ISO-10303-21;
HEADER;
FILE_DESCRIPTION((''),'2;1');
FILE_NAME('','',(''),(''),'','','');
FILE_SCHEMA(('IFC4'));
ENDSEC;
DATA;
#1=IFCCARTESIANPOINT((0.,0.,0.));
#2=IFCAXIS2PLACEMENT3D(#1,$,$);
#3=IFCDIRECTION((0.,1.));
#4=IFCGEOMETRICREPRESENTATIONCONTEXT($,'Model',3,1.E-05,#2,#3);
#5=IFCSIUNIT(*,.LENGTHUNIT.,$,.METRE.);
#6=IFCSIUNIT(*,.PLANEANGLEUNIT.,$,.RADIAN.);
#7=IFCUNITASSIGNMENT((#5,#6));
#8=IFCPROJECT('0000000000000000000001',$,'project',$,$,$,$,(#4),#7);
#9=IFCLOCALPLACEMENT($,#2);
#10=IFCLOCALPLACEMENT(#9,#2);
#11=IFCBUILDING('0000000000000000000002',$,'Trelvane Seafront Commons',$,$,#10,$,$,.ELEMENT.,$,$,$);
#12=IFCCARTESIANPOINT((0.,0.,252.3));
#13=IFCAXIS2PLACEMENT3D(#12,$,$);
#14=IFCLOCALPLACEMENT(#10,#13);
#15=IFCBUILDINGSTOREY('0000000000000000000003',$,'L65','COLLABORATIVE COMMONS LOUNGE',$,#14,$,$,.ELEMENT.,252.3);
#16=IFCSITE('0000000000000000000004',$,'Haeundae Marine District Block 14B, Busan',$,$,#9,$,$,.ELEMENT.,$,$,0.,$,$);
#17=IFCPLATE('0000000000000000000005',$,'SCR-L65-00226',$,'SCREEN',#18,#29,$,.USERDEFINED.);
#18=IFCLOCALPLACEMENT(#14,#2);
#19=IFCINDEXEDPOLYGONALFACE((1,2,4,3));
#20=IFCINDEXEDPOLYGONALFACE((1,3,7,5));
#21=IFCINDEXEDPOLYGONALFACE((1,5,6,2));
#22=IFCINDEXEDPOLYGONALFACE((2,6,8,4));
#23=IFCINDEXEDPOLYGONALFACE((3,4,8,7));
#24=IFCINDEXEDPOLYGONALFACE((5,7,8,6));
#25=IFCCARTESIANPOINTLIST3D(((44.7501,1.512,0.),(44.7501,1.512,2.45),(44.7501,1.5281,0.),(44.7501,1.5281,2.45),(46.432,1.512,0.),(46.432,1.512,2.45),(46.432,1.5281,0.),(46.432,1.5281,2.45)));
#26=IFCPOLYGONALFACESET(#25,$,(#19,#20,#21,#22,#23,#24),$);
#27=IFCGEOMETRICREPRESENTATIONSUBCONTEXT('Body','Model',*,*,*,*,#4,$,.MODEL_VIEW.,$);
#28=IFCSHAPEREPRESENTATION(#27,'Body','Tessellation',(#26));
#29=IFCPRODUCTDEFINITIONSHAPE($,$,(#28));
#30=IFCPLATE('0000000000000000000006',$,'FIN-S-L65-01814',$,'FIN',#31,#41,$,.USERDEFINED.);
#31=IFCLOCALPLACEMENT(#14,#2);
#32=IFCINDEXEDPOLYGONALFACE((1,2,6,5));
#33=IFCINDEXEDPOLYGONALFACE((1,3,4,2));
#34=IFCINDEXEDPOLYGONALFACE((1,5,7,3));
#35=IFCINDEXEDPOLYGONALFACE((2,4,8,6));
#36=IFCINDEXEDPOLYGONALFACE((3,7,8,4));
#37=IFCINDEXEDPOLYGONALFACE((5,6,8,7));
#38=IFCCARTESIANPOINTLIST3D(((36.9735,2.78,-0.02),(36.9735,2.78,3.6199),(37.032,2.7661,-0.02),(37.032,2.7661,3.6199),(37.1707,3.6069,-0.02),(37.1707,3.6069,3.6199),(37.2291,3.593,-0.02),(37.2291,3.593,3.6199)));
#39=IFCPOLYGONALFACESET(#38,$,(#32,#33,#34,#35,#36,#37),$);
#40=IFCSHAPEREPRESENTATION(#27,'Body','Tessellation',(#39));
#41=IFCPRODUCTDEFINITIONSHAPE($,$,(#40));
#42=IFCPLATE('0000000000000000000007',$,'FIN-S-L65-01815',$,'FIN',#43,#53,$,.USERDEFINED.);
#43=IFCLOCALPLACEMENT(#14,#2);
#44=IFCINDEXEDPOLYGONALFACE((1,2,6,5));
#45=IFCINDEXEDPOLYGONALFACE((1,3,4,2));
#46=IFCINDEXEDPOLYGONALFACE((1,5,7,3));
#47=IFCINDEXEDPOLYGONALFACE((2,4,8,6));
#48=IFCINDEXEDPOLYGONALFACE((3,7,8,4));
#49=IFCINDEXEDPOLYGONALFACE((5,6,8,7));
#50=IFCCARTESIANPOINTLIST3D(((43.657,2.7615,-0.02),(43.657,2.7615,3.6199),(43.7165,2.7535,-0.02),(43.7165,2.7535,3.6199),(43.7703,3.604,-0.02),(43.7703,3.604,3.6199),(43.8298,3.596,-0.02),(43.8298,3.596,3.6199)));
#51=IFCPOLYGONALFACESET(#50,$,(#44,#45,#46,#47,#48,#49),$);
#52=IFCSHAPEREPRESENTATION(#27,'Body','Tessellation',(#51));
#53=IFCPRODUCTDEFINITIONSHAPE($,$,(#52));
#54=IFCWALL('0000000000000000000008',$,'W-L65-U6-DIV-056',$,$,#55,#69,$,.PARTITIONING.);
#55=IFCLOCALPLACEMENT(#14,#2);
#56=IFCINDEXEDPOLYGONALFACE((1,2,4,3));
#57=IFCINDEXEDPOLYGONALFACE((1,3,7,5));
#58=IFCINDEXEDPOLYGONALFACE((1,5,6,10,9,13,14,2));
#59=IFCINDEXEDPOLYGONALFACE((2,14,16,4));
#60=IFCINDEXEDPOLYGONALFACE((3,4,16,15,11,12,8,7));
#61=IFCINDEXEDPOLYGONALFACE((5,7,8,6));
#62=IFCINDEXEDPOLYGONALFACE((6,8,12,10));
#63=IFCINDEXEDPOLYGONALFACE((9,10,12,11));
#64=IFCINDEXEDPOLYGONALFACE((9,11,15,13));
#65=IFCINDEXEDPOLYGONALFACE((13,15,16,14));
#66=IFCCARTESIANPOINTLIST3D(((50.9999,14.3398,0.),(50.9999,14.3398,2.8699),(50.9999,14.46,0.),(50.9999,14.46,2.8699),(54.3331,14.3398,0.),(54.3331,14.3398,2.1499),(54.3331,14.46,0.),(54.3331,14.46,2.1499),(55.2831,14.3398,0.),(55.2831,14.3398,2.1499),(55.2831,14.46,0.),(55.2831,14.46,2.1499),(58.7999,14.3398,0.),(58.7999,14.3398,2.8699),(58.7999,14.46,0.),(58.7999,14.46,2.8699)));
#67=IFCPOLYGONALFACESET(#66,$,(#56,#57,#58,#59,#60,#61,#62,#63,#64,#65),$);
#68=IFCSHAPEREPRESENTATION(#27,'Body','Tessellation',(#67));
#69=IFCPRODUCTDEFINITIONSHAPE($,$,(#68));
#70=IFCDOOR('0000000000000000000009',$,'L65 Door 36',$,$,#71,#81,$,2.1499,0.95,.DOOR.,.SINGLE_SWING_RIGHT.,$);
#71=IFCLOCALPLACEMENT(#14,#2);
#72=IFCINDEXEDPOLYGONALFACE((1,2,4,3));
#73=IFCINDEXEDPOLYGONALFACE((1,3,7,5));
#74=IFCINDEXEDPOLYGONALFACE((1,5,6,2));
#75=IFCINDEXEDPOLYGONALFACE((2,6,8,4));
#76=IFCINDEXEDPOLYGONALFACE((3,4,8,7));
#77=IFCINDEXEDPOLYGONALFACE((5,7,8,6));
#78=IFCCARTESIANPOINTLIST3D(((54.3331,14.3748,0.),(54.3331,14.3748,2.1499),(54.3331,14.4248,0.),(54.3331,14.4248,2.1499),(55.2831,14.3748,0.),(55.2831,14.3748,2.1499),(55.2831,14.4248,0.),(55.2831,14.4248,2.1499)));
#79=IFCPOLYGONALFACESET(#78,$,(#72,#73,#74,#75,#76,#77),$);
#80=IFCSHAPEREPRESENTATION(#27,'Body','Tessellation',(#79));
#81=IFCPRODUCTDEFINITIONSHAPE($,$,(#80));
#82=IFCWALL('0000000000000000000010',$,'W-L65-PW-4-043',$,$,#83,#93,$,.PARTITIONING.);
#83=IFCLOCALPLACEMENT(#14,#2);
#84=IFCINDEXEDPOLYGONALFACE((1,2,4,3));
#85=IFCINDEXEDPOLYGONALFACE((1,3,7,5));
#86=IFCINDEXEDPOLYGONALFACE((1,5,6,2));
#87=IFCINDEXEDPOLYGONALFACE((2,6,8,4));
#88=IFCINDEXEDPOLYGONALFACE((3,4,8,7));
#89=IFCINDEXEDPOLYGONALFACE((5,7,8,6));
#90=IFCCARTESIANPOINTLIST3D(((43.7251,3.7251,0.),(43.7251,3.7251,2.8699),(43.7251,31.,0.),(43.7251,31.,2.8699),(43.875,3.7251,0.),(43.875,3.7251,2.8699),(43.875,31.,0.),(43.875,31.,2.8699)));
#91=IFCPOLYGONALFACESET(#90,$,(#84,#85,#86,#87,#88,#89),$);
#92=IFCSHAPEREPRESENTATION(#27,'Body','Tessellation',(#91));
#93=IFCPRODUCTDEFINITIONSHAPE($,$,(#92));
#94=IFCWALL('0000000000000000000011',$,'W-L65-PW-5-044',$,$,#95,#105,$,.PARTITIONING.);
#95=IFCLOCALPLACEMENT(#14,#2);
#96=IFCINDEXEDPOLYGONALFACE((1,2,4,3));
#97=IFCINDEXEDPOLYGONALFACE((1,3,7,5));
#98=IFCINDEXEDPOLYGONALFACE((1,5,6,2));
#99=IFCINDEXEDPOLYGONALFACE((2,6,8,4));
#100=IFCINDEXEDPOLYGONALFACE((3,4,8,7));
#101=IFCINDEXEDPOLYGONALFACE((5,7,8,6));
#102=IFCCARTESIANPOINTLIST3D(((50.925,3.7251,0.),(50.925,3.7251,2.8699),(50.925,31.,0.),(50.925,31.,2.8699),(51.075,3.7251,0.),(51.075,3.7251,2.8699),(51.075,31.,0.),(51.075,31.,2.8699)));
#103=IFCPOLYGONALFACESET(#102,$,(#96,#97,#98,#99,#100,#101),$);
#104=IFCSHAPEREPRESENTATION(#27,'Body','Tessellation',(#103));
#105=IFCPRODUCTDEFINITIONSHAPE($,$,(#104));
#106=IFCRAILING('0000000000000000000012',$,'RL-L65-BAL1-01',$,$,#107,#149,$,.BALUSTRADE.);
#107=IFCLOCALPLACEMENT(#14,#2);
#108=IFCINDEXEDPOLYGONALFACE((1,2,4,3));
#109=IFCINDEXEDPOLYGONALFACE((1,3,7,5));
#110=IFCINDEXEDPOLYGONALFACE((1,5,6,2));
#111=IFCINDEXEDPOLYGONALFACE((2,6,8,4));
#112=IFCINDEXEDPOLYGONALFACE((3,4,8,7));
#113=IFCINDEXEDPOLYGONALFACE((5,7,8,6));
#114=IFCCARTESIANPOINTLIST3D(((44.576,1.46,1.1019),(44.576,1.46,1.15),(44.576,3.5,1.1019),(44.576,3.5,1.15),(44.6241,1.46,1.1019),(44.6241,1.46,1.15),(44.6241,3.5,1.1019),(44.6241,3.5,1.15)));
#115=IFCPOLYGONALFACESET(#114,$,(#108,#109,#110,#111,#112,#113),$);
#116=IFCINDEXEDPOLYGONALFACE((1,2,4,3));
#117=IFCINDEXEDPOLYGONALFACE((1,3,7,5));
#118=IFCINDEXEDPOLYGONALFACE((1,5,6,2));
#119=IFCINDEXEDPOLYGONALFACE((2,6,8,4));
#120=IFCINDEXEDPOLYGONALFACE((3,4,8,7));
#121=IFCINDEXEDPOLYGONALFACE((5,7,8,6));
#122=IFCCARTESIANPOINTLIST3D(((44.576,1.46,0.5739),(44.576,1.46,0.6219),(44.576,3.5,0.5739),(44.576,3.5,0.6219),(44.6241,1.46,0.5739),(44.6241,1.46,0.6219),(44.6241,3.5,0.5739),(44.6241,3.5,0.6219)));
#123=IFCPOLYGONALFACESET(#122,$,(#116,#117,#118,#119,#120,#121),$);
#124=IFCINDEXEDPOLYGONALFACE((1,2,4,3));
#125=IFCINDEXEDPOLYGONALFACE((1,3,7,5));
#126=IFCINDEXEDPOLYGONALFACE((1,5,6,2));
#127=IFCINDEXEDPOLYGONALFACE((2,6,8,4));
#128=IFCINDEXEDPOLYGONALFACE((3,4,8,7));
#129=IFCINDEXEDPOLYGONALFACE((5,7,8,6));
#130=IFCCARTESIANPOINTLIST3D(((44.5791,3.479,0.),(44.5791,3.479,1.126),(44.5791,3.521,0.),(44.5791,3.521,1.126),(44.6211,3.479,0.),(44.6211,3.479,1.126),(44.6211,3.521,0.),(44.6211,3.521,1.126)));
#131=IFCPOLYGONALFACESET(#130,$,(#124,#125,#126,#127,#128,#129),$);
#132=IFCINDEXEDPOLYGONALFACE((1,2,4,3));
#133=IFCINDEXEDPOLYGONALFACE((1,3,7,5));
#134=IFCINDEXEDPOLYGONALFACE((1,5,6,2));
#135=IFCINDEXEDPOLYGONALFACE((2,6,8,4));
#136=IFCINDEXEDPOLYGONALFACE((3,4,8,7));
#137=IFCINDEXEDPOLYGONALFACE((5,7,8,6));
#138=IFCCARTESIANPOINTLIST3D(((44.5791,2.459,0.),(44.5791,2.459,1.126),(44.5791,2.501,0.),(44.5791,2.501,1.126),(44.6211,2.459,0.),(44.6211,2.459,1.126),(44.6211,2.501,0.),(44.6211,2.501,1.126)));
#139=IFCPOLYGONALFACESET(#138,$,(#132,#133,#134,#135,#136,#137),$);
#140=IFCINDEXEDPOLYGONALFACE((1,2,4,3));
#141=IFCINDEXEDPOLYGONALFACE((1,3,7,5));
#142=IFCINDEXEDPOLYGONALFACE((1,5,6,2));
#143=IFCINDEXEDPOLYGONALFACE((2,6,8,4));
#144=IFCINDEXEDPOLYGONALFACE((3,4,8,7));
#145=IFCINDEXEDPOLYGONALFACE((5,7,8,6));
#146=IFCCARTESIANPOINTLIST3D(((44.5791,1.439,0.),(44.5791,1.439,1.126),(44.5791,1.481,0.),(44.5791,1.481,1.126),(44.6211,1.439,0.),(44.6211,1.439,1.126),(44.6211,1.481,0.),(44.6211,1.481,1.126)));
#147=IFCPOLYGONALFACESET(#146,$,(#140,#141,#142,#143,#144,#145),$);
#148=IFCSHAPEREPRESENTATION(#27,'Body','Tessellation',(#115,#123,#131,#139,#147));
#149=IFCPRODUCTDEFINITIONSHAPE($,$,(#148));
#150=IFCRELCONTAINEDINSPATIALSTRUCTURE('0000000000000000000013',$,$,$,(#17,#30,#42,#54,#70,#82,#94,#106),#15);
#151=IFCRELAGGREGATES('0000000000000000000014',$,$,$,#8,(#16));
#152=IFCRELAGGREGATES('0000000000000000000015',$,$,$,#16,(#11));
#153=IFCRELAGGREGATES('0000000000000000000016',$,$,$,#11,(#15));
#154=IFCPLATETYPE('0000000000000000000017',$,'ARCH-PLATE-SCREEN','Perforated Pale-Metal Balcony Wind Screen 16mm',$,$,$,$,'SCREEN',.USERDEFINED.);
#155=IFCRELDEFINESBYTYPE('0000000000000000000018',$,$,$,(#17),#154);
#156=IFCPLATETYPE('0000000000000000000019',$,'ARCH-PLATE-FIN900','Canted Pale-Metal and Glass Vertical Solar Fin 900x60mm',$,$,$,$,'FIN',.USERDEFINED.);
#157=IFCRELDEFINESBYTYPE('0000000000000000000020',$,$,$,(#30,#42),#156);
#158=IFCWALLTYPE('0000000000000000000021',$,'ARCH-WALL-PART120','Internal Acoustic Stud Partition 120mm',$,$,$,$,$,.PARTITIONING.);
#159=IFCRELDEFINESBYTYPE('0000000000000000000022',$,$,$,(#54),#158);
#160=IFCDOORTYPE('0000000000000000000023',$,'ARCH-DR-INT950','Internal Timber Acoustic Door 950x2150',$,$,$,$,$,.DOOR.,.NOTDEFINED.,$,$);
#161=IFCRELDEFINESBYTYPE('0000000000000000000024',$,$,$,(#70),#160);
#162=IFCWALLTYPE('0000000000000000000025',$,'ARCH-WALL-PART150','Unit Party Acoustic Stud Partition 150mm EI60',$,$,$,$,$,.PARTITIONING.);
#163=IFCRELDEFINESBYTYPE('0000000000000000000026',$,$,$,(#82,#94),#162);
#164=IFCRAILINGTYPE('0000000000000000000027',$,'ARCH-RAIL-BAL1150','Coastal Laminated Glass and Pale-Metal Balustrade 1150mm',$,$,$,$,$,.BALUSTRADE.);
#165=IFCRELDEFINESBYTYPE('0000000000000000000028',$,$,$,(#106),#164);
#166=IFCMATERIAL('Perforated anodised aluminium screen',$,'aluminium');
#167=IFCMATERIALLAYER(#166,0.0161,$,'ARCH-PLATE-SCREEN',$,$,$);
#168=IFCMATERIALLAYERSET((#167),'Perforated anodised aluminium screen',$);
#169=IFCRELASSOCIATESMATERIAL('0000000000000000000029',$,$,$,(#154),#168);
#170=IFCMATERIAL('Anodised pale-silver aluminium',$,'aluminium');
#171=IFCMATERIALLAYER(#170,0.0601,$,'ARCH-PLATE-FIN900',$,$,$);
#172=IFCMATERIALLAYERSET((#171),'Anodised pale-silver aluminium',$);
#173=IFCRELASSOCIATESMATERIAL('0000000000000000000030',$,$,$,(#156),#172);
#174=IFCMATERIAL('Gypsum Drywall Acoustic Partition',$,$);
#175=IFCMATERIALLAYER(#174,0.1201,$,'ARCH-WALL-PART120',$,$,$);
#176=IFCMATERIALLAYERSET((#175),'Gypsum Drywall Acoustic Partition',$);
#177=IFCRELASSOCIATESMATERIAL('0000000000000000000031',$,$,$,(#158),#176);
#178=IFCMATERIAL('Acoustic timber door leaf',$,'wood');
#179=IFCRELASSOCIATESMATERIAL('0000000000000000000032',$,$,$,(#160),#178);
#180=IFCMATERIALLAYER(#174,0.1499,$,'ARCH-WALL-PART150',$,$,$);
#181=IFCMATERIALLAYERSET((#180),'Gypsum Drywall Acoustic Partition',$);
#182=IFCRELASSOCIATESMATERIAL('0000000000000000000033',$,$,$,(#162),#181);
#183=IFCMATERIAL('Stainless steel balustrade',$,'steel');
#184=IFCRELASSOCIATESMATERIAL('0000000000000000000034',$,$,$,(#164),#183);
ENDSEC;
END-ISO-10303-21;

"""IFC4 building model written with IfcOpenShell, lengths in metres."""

from ifc_helpers import new_model, si_unit, direction, frame, frame_2d, origin, origin_2d, place, context, subcontext, project, spatial, rectangle, extrude, source, transform, mapped, material, layer, layer_set, type_object, element, fill, save


model = new_model("IFC4")

# Units and contexts
model_context = context("Model", 3, precision=1e-05, world=origin(), true_north=direction((0.0, 1.0)))
body_context = subcontext(model_context, "Body", "Model", "MODEL_VIEW")
ifc_project = project(units=[si_unit("LENGTHUNIT", "METRE"), si_unit("PLANEANGLEUNIT", "RADIAN")], contexts=[model_context])

# Site, building, storey
site_placement = place(None, origin())
site = spatial("IfcSite", under=ifc_project, at=site_placement, Name="Haeundae Marine District Block 14B, Busan", CompositionType="ELEMENT", RefElevation=0.0)
building_placement = place(site_placement, origin())
building = spatial("IfcBuilding", under=site, at=building_placement, Name="Trelvane Seafront Commons", CompositionType="ELEMENT")
storey_placement = place(building_placement, frame((0.0, 0.0, 252.3)))
storey = spatial("IfcBuildingStorey", under=building, at=storey_placement, Name="L65", Description="COLLABORATIVE COMMONS LOUNGE", CompositionType="ELEMENT", Elevation=252.3)

# Plates
ifc_material_1 = material(Name="Perforated anodised aluminium screen", Category="aluminium")
ifc_layer_1 = layer(ifc_material_1, 0.0161, Name="ARCH-PLATE-SCREEN")
ifc_layer_set_1 = layer_set([ifc_layer_1], Name="Perforated anodised aluminium screen")
plate_type_1 = type_object("IfcPlateType", Name="ARCH-PLATE-SCREEN", Description="Perforated Pale-Metal Balcony Wind Screen 16mm", ElementType="SCREEN", PredefinedType="USERDEFINED", material=ifc_layer_set_1)
shared_shape_1 = source(origin(), body_context, "Body", "SweptSolid", [
    extrude(rectangle(XDim=1.6819, YDim=0.0161, at=origin_2d()), origin(), (0.0, 0.0, 1.0), 2.45),
])
plate_placement = place(storey_placement, frame((45.5911, 1.52, 0.0), z_axis=(0.0, 0.0, 1.0), x_axis=(1.0, 0.0, 0.0)))
element("IfcPlate", 1, at=plate_placement, inside=storey, type_object=plate_type_1, Name="SCR-L65-00226", ObjectType="SCREEN", PredefinedType="USERDEFINED", context=body_context, shape_type="MappedRepresentation", body=[
    mapped(shared_shape_1, transform((0.0, 0.0, 0.0), x_axis=(1.0, 0.0, 0.0), y_axis=(0.0, 1.0, 0.0), z_axis=(0.0, 0.0, 1.0), scale=1.0)),
])
ifc_material_2 = material(Name="Anodised pale-silver aluminium", Category="aluminium")
ifc_layer_2 = layer(ifc_material_2, 0.0601, Name="ARCH-PLATE-FIN900")
ifc_layer_set_2 = layer_set([ifc_layer_2], Name="Anodised pale-silver aluminium")
plate_type_2 = type_object("IfcPlateType", Name="ARCH-PLATE-FIN900", Description="Canted Pale-Metal and Glass Vertical Solar Fin 900x60mm", ElementType="FIN", PredefinedType="USERDEFINED", material=ifc_layer_set_2)
shared_shape_2 = source(origin(), body_context, "Body", "SweptSolid", [
    extrude(rectangle(XDim=0.8501, YDim=0.0601, at=origin_2d()), origin(), (0.0, 0.0, 1.0), 3.6399),
])
for number, where, z_axis, x_axis, name in (
    (2, (37.1013, 3.1865, -0.02), (0.0, 0.0, 1.0), (-0.231891, -0.972742, 0.0), "FIN-S-L65-01814"),
    (3, (43.7434, 3.1787, -0.02), (0.0, 0.0, 1.0), (-0.133296, -0.991076, 0.0), "FIN-S-L65-01815"),
):
    element("IfcPlate", number, at=place(storey_placement, frame(where, z_axis=z_axis, x_axis=x_axis)), inside=storey, type_object=plate_type_2, Name=name, ObjectType="FIN", PredefinedType="USERDEFINED", context=body_context, shape_type="MappedRepresentation", body=[
        mapped(shared_shape_2, transform((0.0, 0.0, 0.0), x_axis=(1.0, 0.0, 0.0), y_axis=(0.0, 1.0, 0.0), z_axis=(0.0, 0.0, 1.0), scale=1.0)),
    ])

# Wall, opening, door
ifc_material_3 = material(Name="Gypsum Drywall Acoustic Partition")
ifc_layer_3 = layer(ifc_material_3, 0.1201, Name="ARCH-WALL-PART120")
ifc_layer_set_3 = layer_set([ifc_layer_3], Name="Gypsum Drywall Acoustic Partition")
wall_type_1 = type_object("IfcWallType", Name="ARCH-WALL-PART120", Description="Internal Acoustic Stud Partition 120mm", PredefinedType="PARTITIONING", material=ifc_layer_set_3)
wall_placement = place(storey_placement, frame((51.0, 14.3999, 0.0), z_axis=(0.0, 0.0, 1.0), x_axis=(1.0, 0.0, 0.0)))
wall = element("IfcWall", 4, at=wall_placement, inside=storey, type_object=wall_type_1, Name="W-L65-U6-DIV-056", PredefinedType="PARTITIONING", context=body_context, shape_type="SweptSolid", body=[
    extrude(rectangle(XDim=7.8, YDim=0.1201, at=frame_2d((3.8999, 0.0))), origin(), (0.0, 0.0, 1.0), 2.8699),
])
opening_placement = place(wall_placement, frame((3.333, 0.0, 0.0)))
opening = element("IfcOpeningElement", 5, at=opening_placement, cuts=wall, PredefinedType="OPENING", context=body_context, shape_type="SweptSolid", body=[
    extrude(rectangle(XDim=0.95, YDim=2.1499, at=frame_2d((0.4751, 1.075))), frame((0.0, 0.0701, 0.0), z_axis=(0.0, -1.0, 0.0), x_axis=(1.0, 0.0, 0.0)), (0.0, 0.0, 1.0), 0.1401),
])
ifc_material_4 = material(Name="Acoustic timber door leaf", Category="wood")
door_type = type_object("IfcDoorType", Name="ARCH-DR-INT950", Description="Internal Timber Acoustic Door 950x2150", OperationType="NOTDEFINED", PredefinedType="DOOR", material=ifc_material_4)
shared_shape_3 = source(origin(), body_context, "Body", "SweptSolid", [
    extrude(rectangle(XDim=0.95, YDim=2.1499, at=frame_2d((0.4751, 1.075))), frame((0.0, 0.0249, 0.0), z_axis=(0.0, -1.0, 0.0), x_axis=(1.0, 0.0, 0.0)), (0.0, 0.0, 1.0), 0.05),
])
door_placement = place(opening_placement, origin())
door = element("IfcDoor", 6, at=door_placement, inside=storey, type_object=door_type, Name="L65 Door 36", OperationType="SINGLE_SWING_RIGHT", OverallHeight=2.1499, OverallWidth=0.95, PredefinedType="DOOR", context=body_context, shape_type="MappedRepresentation", body=[
    mapped(shared_shape_3, transform((0.0, 0.0, 0.0), x_axis=(1.0, 0.0, 0.0), y_axis=(0.0, 1.0, 0.0), z_axis=(0.0, 0.0, 1.0), scale=1.0)),
])
fill(opening, door)

# Walls
ifc_layer_4 = layer(ifc_material_3, 0.1499, Name="ARCH-WALL-PART150")
ifc_layer_set_4 = layer_set([ifc_layer_4], Name="Gypsum Drywall Acoustic Partition")
wall_type_2 = type_object("IfcWallType", Name="ARCH-WALL-PART150", Description="Unit Party Acoustic Stud Partition 150mm EI60", PredefinedType="PARTITIONING", material=ifc_layer_set_4)
for number, where, z_axis, x_axis, name in (
    (7, (43.8, 3.7251, 0.0), (0.0, 0.0, 1.0), (0.0, 1.0, 0.0), "W-L65-PW-4-043"),
    (8, (51.0, 3.7251, 0.0), (0.0, 0.0, 1.0), (0.0, 1.0, 0.0), "W-L65-PW-5-044"),
):
    element("IfcWall", number, at=place(storey_placement, frame(where, z_axis=z_axis, x_axis=x_axis)), inside=storey, type_object=wall_type_2, Name=name, PredefinedType="PARTITIONING", context=body_context, shape_type="SweptSolid", body=[
        extrude(rectangle(XDim=27.2749, YDim=0.1499, at=frame_2d((13.6375, 0.0))), origin(), (0.0, 0.0, 1.0), 2.8699),
    ])

# Railing
ifc_material_5 = material(Name="Stainless steel balustrade", Category="steel")
railing_type = type_object("IfcRailingType", Name="ARCH-RAIL-BAL1150", Description="Coastal Laminated Glass and Pale-Metal Balustrade 1150mm", PredefinedType="BALUSTRADE", material=ifc_material_5)
railing_1_placement = place(storey_placement, frame((44.6001, 3.5, 0.0)))
element("IfcRailing", 9, at=railing_1_placement, inside=storey, type_object=railing_type, Name="RL-L65-BAL1-01", PredefinedType="BALUSTRADE", context=body_context, shape_type="SweptSolid", body=[
    extrude(rectangle(XDim=0.0481, YDim=0.0481, at=origin_2d()), frame((0.0, 0.0, 1.126), z_axis=(0.0, -1.0, 0.0), x_axis=(1.0, 0.0, 0.0)), (0.0, 0.0, 1.0), 2.04),
    extrude(rectangle(XDim=0.0481, YDim=0.0481, at=origin_2d()), frame((0.0, 0.0, 0.5979), z_axis=(0.0, -1.0, 0.0), x_axis=(1.0, 0.0, 0.0)), (0.0, 0.0, 1.0), 2.04),
    extrude(rectangle(XDim=0.042, YDim=0.042, at=origin_2d()), origin(), (0.0, 0.0, 1.0), 1.126),
    extrude(rectangle(XDim=0.042, YDim=0.042, at=origin_2d()), frame((0.0, -1.02, 0.0)), (0.0, 0.0, 1.0), 1.126),
    extrude(rectangle(XDim=0.042, YDim=0.042, at=origin_2d()), frame((0.0, -2.04, 0.0)), (0.0, 0.0, 1.0), 1.126),
])

save(model, "model.ifc")
